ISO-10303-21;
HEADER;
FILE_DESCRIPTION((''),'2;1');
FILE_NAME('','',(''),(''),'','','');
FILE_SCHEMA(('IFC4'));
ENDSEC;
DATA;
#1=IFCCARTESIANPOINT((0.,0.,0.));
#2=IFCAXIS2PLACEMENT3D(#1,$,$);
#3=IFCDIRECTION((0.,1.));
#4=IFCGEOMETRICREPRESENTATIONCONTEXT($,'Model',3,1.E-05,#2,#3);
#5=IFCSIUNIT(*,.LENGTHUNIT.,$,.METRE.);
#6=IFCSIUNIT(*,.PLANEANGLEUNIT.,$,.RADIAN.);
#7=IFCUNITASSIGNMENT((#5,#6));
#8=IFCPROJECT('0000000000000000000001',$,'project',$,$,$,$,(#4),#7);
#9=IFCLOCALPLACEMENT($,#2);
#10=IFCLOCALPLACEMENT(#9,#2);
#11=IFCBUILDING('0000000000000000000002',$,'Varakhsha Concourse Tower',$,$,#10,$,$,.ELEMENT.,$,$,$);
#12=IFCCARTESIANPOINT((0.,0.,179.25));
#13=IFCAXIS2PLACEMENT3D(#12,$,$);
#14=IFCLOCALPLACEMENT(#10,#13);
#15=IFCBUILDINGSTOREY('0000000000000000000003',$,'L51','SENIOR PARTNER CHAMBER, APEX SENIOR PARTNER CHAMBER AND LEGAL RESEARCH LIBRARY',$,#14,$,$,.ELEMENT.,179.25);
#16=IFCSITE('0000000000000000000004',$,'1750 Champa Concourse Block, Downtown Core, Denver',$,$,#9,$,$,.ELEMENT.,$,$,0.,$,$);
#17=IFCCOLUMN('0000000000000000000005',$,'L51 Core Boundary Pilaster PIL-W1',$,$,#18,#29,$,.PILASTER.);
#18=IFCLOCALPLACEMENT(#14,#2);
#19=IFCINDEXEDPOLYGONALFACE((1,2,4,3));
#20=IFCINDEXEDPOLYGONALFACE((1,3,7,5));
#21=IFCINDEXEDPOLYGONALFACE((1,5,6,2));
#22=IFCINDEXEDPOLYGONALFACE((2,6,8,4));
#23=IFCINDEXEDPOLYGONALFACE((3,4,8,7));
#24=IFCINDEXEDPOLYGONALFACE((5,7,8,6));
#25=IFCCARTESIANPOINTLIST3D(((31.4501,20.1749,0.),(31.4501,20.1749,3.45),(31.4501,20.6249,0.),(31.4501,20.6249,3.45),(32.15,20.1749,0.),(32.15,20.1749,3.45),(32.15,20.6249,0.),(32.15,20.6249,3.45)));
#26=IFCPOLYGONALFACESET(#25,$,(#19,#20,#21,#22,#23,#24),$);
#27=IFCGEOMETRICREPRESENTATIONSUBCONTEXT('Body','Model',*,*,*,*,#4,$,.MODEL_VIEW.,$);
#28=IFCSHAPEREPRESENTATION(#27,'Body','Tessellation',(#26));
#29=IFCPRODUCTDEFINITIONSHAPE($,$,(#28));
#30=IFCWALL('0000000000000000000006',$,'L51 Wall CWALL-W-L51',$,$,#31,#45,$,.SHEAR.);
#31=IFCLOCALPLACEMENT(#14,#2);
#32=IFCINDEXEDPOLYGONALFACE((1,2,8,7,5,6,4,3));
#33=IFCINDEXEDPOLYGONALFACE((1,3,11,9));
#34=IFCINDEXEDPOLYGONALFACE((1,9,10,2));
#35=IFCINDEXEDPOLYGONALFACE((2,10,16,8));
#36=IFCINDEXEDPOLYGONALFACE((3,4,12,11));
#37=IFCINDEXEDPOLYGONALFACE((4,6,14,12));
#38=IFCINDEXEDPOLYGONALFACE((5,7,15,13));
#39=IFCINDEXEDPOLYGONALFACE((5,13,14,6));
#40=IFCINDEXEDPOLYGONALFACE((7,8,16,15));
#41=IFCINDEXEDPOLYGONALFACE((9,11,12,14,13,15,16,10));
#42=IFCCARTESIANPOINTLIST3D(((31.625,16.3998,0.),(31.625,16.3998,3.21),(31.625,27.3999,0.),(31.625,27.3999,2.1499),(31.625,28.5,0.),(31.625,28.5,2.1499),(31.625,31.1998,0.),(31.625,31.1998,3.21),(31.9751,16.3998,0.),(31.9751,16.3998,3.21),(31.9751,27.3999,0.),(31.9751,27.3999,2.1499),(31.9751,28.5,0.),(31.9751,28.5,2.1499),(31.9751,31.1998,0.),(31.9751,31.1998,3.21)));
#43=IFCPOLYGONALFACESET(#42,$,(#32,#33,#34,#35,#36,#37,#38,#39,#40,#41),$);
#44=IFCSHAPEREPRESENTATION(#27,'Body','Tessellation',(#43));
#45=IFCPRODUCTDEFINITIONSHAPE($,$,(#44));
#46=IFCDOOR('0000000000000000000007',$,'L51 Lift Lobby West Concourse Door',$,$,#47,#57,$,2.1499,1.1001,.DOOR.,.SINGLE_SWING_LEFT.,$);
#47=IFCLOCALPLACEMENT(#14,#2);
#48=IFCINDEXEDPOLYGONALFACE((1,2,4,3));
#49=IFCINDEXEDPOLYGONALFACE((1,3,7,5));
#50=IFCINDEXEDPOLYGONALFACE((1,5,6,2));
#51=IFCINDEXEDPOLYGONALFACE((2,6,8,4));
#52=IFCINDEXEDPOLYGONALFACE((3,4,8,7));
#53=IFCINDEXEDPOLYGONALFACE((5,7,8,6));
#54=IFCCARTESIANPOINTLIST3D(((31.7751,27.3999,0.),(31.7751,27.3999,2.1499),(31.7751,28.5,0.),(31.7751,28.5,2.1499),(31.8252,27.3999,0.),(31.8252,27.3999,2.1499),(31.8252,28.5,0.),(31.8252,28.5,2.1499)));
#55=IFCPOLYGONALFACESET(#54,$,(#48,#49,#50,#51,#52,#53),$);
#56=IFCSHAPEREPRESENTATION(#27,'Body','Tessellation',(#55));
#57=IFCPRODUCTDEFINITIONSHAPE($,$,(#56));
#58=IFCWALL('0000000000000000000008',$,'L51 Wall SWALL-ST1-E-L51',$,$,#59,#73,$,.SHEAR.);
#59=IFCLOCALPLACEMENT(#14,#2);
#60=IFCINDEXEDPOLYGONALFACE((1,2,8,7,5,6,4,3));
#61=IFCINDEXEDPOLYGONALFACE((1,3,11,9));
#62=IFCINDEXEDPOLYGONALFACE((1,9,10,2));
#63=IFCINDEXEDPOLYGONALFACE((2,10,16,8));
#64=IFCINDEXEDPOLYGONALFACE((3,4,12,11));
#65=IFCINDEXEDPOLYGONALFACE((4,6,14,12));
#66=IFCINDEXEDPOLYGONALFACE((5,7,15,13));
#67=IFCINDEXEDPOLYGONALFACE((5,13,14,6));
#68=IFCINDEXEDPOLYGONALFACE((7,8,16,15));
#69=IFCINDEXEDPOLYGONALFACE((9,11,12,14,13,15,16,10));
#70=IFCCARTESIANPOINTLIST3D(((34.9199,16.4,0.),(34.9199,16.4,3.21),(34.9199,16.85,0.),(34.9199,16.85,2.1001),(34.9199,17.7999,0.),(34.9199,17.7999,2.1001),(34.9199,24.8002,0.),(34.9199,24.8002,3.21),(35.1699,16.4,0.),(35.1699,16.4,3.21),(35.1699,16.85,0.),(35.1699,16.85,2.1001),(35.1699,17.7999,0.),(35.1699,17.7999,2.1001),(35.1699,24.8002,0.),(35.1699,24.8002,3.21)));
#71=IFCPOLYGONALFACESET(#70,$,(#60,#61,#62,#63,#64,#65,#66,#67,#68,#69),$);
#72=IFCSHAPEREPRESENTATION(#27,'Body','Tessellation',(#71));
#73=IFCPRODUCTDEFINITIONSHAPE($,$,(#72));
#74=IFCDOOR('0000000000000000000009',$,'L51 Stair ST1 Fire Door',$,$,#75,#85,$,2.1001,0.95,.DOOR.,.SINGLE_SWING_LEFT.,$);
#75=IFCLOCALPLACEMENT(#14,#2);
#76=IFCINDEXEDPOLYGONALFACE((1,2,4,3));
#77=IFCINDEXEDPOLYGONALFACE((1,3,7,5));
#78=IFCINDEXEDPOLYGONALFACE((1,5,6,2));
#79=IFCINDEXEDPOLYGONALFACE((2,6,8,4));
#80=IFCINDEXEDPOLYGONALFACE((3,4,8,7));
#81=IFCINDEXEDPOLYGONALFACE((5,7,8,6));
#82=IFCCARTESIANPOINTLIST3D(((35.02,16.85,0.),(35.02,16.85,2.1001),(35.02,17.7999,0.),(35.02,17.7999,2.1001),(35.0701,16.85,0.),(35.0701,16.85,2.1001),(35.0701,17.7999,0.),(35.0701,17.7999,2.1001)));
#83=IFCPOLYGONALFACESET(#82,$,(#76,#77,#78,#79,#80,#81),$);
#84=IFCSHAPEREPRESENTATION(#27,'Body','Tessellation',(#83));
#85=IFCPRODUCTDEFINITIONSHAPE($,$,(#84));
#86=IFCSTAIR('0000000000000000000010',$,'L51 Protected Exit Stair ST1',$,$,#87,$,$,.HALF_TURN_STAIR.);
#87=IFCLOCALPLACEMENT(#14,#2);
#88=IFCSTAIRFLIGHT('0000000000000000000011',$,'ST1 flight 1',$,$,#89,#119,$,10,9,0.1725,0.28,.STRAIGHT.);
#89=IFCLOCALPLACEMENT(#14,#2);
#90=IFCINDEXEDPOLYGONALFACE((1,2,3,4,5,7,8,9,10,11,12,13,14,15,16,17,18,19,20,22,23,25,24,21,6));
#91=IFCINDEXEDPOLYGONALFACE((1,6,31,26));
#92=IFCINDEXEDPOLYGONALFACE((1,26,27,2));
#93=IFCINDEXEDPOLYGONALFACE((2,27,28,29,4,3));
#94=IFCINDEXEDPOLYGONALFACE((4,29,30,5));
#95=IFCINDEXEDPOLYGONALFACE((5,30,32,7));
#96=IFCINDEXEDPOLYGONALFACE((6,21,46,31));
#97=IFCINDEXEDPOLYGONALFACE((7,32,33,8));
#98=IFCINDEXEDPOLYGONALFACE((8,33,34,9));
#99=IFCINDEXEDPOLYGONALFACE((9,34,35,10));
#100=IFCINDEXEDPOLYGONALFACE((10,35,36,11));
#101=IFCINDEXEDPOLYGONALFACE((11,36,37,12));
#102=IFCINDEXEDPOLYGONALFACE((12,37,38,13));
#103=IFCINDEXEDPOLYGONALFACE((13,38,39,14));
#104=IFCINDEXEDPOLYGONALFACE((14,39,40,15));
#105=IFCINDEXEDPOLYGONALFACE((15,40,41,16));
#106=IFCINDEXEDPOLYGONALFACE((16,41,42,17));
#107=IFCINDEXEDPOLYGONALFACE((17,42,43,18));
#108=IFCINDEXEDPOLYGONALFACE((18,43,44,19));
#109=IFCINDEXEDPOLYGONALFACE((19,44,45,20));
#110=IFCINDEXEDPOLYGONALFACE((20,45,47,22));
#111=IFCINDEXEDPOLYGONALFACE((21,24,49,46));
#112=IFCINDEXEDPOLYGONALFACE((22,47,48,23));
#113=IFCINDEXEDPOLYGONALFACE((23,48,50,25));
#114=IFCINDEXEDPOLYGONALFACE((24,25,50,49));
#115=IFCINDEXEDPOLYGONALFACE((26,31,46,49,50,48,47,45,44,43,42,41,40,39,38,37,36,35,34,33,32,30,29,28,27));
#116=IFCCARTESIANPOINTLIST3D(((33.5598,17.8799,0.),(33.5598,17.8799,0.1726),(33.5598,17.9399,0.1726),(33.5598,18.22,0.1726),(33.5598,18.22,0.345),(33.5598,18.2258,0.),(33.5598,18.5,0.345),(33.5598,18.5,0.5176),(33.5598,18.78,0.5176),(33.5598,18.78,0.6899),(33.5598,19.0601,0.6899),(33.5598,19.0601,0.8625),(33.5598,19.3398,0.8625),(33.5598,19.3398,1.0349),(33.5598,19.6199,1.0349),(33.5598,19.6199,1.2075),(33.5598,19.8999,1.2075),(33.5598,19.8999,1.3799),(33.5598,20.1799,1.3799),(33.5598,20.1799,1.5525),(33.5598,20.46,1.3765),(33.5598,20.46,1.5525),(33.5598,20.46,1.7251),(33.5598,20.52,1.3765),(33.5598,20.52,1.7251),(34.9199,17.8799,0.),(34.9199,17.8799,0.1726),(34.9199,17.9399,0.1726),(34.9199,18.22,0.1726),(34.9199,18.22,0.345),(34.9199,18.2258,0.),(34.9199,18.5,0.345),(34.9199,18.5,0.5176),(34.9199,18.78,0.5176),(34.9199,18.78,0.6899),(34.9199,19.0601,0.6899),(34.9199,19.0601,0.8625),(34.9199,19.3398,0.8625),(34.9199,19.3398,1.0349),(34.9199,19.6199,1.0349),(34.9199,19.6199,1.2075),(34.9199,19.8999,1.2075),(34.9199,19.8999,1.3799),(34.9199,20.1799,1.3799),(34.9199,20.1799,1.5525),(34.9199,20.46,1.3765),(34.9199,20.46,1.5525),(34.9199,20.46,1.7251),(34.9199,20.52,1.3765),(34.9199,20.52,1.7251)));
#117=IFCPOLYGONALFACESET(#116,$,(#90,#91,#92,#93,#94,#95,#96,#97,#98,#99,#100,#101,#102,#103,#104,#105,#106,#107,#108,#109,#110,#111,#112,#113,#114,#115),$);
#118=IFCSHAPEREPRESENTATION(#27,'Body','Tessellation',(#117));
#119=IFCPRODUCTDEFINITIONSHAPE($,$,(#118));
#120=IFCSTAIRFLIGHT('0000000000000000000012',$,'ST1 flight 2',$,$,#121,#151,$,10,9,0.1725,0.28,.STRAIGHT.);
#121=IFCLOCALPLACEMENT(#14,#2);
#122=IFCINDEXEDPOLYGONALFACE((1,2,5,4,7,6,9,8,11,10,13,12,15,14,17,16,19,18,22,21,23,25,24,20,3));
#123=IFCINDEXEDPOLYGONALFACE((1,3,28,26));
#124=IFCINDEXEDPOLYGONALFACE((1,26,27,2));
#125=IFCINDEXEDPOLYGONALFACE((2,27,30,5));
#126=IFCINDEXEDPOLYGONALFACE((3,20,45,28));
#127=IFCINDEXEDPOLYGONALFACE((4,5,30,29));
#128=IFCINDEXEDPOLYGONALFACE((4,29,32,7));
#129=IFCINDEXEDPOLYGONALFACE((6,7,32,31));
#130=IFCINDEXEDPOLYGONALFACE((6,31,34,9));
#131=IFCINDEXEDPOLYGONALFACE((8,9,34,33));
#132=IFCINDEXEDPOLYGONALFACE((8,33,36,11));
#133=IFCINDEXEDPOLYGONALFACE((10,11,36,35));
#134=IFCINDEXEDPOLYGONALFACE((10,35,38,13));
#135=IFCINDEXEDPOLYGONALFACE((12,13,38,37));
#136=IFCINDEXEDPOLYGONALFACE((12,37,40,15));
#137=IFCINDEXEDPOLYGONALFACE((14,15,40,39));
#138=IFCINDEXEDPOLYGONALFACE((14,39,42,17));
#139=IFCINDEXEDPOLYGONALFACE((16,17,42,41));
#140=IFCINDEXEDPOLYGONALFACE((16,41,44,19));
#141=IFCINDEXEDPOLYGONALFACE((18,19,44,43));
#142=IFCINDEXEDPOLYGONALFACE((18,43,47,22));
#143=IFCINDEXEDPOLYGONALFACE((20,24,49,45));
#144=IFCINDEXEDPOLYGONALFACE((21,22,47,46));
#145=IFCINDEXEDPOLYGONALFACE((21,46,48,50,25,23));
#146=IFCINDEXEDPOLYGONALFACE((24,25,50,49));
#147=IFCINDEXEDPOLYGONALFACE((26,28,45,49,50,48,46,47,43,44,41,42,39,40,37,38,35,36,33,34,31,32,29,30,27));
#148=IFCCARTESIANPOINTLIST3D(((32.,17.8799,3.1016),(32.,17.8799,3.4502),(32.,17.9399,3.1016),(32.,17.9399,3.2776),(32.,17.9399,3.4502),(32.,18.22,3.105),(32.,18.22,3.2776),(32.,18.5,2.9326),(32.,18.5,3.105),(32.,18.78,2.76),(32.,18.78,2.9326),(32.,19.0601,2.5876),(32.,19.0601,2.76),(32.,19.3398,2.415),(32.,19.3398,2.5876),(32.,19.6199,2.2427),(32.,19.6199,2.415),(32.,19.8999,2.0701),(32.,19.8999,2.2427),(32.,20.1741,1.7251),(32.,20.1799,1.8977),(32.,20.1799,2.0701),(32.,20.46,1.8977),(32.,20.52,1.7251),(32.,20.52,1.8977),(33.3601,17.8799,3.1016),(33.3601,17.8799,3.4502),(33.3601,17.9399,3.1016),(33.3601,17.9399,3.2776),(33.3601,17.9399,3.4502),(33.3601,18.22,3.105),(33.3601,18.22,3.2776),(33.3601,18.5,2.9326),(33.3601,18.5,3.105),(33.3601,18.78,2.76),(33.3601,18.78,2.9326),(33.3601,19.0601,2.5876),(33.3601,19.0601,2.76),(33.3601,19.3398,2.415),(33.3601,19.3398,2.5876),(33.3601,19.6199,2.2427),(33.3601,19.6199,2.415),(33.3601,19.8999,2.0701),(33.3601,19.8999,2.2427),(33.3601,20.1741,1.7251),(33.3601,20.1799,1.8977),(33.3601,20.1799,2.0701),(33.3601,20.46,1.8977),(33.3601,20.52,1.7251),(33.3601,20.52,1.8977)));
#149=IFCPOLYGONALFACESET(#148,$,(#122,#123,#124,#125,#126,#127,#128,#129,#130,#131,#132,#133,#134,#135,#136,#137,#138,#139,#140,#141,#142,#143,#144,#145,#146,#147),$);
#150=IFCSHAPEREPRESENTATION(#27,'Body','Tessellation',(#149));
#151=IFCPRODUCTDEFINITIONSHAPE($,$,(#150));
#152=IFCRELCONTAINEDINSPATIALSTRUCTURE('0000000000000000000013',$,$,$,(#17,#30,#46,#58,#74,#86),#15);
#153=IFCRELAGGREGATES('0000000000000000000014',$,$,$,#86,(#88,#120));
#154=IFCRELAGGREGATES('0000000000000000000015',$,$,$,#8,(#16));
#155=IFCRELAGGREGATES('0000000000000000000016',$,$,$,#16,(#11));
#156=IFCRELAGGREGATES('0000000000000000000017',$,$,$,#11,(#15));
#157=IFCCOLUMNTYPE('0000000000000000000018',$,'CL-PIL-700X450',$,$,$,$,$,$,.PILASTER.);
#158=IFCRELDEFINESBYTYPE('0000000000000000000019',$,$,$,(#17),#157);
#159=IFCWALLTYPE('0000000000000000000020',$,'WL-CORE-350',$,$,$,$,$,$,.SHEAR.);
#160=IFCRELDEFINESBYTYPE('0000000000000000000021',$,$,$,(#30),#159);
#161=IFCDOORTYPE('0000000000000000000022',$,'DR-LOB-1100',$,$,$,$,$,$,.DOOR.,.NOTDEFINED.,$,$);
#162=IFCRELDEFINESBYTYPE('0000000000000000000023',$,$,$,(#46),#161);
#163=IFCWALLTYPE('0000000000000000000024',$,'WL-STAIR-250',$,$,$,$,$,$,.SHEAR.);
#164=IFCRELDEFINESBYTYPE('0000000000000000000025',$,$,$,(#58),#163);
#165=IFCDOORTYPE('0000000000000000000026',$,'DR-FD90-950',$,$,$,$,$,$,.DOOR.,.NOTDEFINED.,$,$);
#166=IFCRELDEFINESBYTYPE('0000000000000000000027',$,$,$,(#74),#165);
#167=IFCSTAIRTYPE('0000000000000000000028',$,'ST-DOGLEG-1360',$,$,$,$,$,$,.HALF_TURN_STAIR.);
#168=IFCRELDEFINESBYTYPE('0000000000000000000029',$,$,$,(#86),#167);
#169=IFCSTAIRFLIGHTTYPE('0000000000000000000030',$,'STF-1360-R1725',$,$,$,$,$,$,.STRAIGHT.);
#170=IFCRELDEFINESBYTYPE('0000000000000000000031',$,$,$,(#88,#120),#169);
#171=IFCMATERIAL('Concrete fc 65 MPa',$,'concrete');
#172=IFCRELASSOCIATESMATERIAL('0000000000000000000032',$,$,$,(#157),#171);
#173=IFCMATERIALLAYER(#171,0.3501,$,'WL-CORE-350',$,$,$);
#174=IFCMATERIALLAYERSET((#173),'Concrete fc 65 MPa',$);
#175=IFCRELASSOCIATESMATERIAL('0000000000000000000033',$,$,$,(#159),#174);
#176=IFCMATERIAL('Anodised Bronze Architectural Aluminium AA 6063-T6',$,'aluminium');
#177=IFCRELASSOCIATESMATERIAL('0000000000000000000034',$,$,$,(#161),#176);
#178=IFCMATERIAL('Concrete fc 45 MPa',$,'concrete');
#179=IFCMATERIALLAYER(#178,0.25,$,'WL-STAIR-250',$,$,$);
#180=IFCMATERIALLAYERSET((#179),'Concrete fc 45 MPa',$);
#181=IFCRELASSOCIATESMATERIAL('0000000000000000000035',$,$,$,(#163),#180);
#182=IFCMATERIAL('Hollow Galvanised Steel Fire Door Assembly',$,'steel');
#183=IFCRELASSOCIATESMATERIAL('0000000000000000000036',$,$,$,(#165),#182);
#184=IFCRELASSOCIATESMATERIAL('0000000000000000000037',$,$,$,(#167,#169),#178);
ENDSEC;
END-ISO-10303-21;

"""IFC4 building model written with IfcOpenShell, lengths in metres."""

from ifc_helpers import new_model, si_unit, direction, frame, frame_2d, origin, origin_2d, place, context, subcontext, project, spatial, polyline, rectangle, outline, extrude, material, layer, layer_set, material_profile, profile_set, type_object, element, fill, aggregate, save


model = new_model("IFC4")

# Units and contexts
model_context = context("Model", 3, precision=1e-05, world=origin(), true_north=direction((0.0, 1.0)))
body_context = subcontext(model_context, "Body", "Model", "MODEL_VIEW")
ifc_project = project(units=[si_unit("LENGTHUNIT", "METRE"), si_unit("PLANEANGLEUNIT", "RADIAN")], contexts=[model_context])

# Site, building, storey
site_placement = place(None, origin())
site = spatial("IfcSite", under=ifc_project, at=site_placement, Name="1750 Champa Concourse Block, Downtown Core, Denver", CompositionType="ELEMENT", RefElevation=0.0)
building_placement = place(site_placement, origin())
building = spatial("IfcBuilding", under=site, at=building_placement, Name="Varakhsha Concourse Tower", CompositionType="ELEMENT")
storey_placement = place(building_placement, frame((0.0, 0.0, 179.25)))
storey = spatial("IfcBuildingStorey", under=building, at=storey_placement, Name="L51", Description="SENIOR PARTNER CHAMBER, APEX SENIOR PARTNER CHAMBER AND LEGAL RESEARCH LIBRARY", CompositionType="ELEMENT", Elevation=179.25)

# Column
ifc_material_1 = material(Name="Concrete fc 65 MPa", Category="concrete")
ifc_material_profile = material_profile(ifc_material_1, rectangle(XDim=0.7, YDim=0.45, at=origin_2d()), Name="RC 700x450")
ifc_profile_set = profile_set([ifc_material_profile], Name="Concrete fc 65 MPa")
column_type = type_object("IfcColumnType", Name="CL-PIL-700X450", PredefinedType="PILASTER", material=ifc_profile_set)
column_placement = place(storey_placement, frame((31.8, 20.3999, 0.0), z_axis=(0.0, 0.0, 1.0), x_axis=(1.0, 0.0, 0.0)))
element("IfcColumn", 1, at=column_placement, inside=storey, type_object=column_type, Name="L51 Core Boundary Pilaster PIL-W1", PredefinedType="PILASTER", context=body_context, shape_type="SweptSolid", body=[
    extrude(rectangle(XDim=0.7, YDim=0.45, at=origin_2d()), origin(), (0.0, 0.0, 1.0), 3.45),
])

# Walls, openings, doors
ifc_layer_1 = layer(ifc_material_1, 0.3501, Name="WL-CORE-350")
ifc_layer_set_1 = layer_set([ifc_layer_1], Name="Concrete fc 65 MPa")
wall_type_1 = type_object("IfcWallType", Name="WL-CORE-350", PredefinedType="SHEAR", material=ifc_layer_set_1)
wall_1_placement = place(storey_placement, frame((31.8, 16.3999, 0.0), z_axis=(0.0, 0.0, 1.0), x_axis=(0.0, 1.0, 0.0)))
wall_1 = element("IfcWall", 2, at=wall_1_placement, inside=storey, type_object=wall_type_1, Name="L51 Wall CWALL-W-L51", PredefinedType="SHEAR", context=body_context, shape_type="SweptSolid", body=[
    extrude(rectangle(XDim=14.8, YDim=0.3501, at=frame_2d((7.3999, 0.0))), origin(), (0.0, 0.0, 1.0), 3.21),
])
opening_1_placement = place(wall_1_placement, frame((11.0, 0.0, 0.0)))
opening_1 = element("IfcOpeningElement", 3, at=opening_1_placement, cuts=wall_1, PredefinedType="OPENING", context=body_context, shape_type="SweptSolid", body=[
    extrude(rectangle(XDim=1.1001, YDim=2.1499, at=frame_2d((0.55, 1.075))), frame((0.0, 0.1851, 0.0), z_axis=(0.0, -1.0, 0.0), x_axis=(1.0, 0.0, 0.0)), (0.0, 0.0, 1.0), 0.3701),
])
ifc_material_2 = material(Name="Anodised Bronze Architectural Aluminium AA 6063-T6", Category="aluminium")
door_type_1 = type_object("IfcDoorType", Name="DR-LOB-1100", OperationType="NOTDEFINED", PredefinedType="DOOR", material=ifc_material_2)
door_1_placement = place(opening_1_placement, origin())
door_1 = element("IfcDoor", 4, at=door_1_placement, inside=storey, type_object=door_type_1, Name="L51 Lift Lobby West Concourse Door", OperationType="SINGLE_SWING_LEFT", OverallHeight=2.1499, OverallWidth=1.1001, PredefinedType="DOOR", context=body_context, shape_type="SweptSolid", body=[
    extrude(rectangle(XDim=1.1001, YDim=2.1499, at=frame_2d((0.55, 1.075))), frame((0.0, 0.0249, 0.0), z_axis=(0.0, -1.0, 0.0), x_axis=(1.0, 0.0, 0.0)), (0.0, 0.0, 1.0), 0.05),
])
fill(opening_1, door_1)
ifc_material_3 = material(Name="Concrete fc 45 MPa", Category="concrete")
ifc_layer_2 = layer(ifc_material_3, 0.25, Name="WL-STAIR-250")
ifc_layer_set_2 = layer_set([ifc_layer_2], Name="Concrete fc 45 MPa")
wall_type_2 = type_object("IfcWallType", Name="WL-STAIR-250", PredefinedType="SHEAR", material=ifc_layer_set_2)
wall_2_placement = place(storey_placement, frame((35.0449, 16.3999, 0.0), z_axis=(0.0, 0.0, 1.0), x_axis=(0.0, 1.0, 0.0)))
wall_2 = element("IfcWall", 5, at=wall_2_placement, inside=storey, type_object=wall_type_2, Name="L51 Wall SWALL-ST1-E-L51", PredefinedType="SHEAR", context=body_context, shape_type="SweptSolid", body=[
    extrude(rectangle(XDim=8.4001, YDim=0.25, at=frame_2d((4.2002, 0.0))), origin(), (0.0, 0.0, 1.0), 3.21),
])
opening_2_placement = place(wall_2_placement, frame((0.45, 0.0, 0.0)))
opening_2 = element("IfcOpeningElement", 6, at=opening_2_placement, cuts=wall_2, PredefinedType="OPENING", context=body_context, shape_type="SweptSolid", body=[
    extrude(rectangle(XDim=0.95, YDim=2.1001, at=frame_2d((0.4751, 1.05))), frame((0.0, 0.135, 0.0), z_axis=(0.0, -1.0, 0.0), x_axis=(1.0, 0.0, 0.0)), (0.0, 0.0, 1.0), 0.27),
])
ifc_material_4 = material(Name="Hollow Galvanised Steel Fire Door Assembly", Category="steel")
door_type_2 = type_object("IfcDoorType", Name="DR-FD90-950", OperationType="NOTDEFINED", PredefinedType="DOOR", material=ifc_material_4)
door_2_placement = place(opening_2_placement, origin())
door_2 = element("IfcDoor", 7, at=door_2_placement, inside=storey, type_object=door_type_2, Name="L51 Stair ST1 Fire Door", OperationType="SINGLE_SWING_LEFT", OverallHeight=2.1001, OverallWidth=0.95, PredefinedType="DOOR", context=body_context, shape_type="SweptSolid", body=[
    extrude(rectangle(XDim=0.95, YDim=2.1001, at=frame_2d((0.4751, 1.05))), frame((0.0, 0.0249, 0.0), z_axis=(0.0, -1.0, 0.0), x_axis=(1.0, 0.0, 0.0)), (0.0, 0.0, 1.0), 0.05),
])
fill(opening_2, door_2)

# Stair, stair flights
stair_type = type_object("IfcStairType", Name="ST-DOGLEG-1360", PredefinedType="HALF_TURN_STAIR", material=ifc_material_3)
stair_placement = place(storey_placement, origin())
stair = element("IfcStair", 8, at=stair_placement, inside=storey, type_object=stair_type, Name="L51 Protected Exit Stair ST1", PredefinedType="HALF_TURN_STAIR")
stair_flight_type = type_object("IfcStairFlightType", Name="STF-1360-R1725", PredefinedType="STRAIGHT", material=ifc_material_3)
stair_flight_1_placement = place(storey_placement, frame((34.24, 17.9399, 0.0), z_axis=(0.0, 0.0, 1.0), x_axis=(0.0, 1.0, 0.0)))
stair_flight_1 = element("IfcStairFlight", 9, at=stair_flight_1_placement, type_object=stair_flight_type, Name="ST1 flight 1", NumberOfRisers=10, NumberOfTreads=9, PredefinedType="STRAIGHT", RiserHeight=0.1725, TreadLength=0.28, context=body_context, shape_type="SweptSolid", body=[
    extrude(outline(polyline([(-0.0601, 0.0), (-0.0601, 0.1726), (0.0, 0.1726), (0.28, 0.1726), (0.28, 0.345), (0.5601, 0.345), (0.5601, 0.5176), (0.8401, 0.5176), (0.8401, 0.6899), (1.1201, 0.6899), (1.1201, 0.8625), (1.3999, 0.8625), (1.3999, 1.0349), (1.6799, 1.0349), (1.6799, 1.2075), (1.96, 1.2075), (1.96, 1.3799), (2.24, 1.3799), (2.24, 1.5525), (2.52, 1.5525), (2.52, 1.7251), (2.5801, 1.7251), (2.5801, 1.3765), (2.52, 1.3765), (0.2859, 0.0), (-0.0601, 0.0)])), frame((0.0, 0.6802, 0.0), z_axis=(0.0, -1.0, 0.0), x_axis=(1.0, 0.0, 0.0)), (0.0, 0.0, 1.0), 1.3601),
])
stair_flight_2_placement = place(storey_placement, frame((32.6799, 20.46, 1.7251), z_axis=(0.0, 0.0, 1.0), x_axis=(0.0, -1.0, 0.0)))
stair_flight_2 = element("IfcStairFlight", 10, at=stair_flight_2_placement, type_object=stair_flight_type, Name="ST1 flight 2", NumberOfRisers=10, NumberOfTreads=9, PredefinedType="STRAIGHT", RiserHeight=0.1725, TreadLength=0.28, context=body_context, shape_type="SweptSolid", body=[
    extrude(outline(polyline([(-0.0601, 0.0), (-0.0601, 0.1726), (0.0, 0.1726), (0.28, 0.1726), (0.28, 0.345), (0.5601, 0.345), (0.5601, 0.5176), (0.8401, 0.5176), (0.8401, 0.6899), (1.1201, 0.6899), (1.1201, 0.8625), (1.3999, 0.8625), (1.3999, 1.0349), (1.6799, 1.0349), (1.6799, 1.2075), (1.96, 1.2075), (1.96, 1.3799), (2.24, 1.3799), (2.24, 1.5525), (2.52, 1.5525), (2.52, 1.7251), (2.5801, 1.7251), (2.5801, 1.3765), (2.52, 1.3765), (0.2859, 0.0), (-0.0601, 0.0)])), frame((0.0, 0.6802, 0.0), z_axis=(0.0, -1.0, 0.0), x_axis=(1.0, 0.0, 0.0)), (0.0, 0.0, 1.0), 1.3601),
])
aggregate(stair, [stair_flight_1, stair_flight_2])

save(model, "model.ifc")
